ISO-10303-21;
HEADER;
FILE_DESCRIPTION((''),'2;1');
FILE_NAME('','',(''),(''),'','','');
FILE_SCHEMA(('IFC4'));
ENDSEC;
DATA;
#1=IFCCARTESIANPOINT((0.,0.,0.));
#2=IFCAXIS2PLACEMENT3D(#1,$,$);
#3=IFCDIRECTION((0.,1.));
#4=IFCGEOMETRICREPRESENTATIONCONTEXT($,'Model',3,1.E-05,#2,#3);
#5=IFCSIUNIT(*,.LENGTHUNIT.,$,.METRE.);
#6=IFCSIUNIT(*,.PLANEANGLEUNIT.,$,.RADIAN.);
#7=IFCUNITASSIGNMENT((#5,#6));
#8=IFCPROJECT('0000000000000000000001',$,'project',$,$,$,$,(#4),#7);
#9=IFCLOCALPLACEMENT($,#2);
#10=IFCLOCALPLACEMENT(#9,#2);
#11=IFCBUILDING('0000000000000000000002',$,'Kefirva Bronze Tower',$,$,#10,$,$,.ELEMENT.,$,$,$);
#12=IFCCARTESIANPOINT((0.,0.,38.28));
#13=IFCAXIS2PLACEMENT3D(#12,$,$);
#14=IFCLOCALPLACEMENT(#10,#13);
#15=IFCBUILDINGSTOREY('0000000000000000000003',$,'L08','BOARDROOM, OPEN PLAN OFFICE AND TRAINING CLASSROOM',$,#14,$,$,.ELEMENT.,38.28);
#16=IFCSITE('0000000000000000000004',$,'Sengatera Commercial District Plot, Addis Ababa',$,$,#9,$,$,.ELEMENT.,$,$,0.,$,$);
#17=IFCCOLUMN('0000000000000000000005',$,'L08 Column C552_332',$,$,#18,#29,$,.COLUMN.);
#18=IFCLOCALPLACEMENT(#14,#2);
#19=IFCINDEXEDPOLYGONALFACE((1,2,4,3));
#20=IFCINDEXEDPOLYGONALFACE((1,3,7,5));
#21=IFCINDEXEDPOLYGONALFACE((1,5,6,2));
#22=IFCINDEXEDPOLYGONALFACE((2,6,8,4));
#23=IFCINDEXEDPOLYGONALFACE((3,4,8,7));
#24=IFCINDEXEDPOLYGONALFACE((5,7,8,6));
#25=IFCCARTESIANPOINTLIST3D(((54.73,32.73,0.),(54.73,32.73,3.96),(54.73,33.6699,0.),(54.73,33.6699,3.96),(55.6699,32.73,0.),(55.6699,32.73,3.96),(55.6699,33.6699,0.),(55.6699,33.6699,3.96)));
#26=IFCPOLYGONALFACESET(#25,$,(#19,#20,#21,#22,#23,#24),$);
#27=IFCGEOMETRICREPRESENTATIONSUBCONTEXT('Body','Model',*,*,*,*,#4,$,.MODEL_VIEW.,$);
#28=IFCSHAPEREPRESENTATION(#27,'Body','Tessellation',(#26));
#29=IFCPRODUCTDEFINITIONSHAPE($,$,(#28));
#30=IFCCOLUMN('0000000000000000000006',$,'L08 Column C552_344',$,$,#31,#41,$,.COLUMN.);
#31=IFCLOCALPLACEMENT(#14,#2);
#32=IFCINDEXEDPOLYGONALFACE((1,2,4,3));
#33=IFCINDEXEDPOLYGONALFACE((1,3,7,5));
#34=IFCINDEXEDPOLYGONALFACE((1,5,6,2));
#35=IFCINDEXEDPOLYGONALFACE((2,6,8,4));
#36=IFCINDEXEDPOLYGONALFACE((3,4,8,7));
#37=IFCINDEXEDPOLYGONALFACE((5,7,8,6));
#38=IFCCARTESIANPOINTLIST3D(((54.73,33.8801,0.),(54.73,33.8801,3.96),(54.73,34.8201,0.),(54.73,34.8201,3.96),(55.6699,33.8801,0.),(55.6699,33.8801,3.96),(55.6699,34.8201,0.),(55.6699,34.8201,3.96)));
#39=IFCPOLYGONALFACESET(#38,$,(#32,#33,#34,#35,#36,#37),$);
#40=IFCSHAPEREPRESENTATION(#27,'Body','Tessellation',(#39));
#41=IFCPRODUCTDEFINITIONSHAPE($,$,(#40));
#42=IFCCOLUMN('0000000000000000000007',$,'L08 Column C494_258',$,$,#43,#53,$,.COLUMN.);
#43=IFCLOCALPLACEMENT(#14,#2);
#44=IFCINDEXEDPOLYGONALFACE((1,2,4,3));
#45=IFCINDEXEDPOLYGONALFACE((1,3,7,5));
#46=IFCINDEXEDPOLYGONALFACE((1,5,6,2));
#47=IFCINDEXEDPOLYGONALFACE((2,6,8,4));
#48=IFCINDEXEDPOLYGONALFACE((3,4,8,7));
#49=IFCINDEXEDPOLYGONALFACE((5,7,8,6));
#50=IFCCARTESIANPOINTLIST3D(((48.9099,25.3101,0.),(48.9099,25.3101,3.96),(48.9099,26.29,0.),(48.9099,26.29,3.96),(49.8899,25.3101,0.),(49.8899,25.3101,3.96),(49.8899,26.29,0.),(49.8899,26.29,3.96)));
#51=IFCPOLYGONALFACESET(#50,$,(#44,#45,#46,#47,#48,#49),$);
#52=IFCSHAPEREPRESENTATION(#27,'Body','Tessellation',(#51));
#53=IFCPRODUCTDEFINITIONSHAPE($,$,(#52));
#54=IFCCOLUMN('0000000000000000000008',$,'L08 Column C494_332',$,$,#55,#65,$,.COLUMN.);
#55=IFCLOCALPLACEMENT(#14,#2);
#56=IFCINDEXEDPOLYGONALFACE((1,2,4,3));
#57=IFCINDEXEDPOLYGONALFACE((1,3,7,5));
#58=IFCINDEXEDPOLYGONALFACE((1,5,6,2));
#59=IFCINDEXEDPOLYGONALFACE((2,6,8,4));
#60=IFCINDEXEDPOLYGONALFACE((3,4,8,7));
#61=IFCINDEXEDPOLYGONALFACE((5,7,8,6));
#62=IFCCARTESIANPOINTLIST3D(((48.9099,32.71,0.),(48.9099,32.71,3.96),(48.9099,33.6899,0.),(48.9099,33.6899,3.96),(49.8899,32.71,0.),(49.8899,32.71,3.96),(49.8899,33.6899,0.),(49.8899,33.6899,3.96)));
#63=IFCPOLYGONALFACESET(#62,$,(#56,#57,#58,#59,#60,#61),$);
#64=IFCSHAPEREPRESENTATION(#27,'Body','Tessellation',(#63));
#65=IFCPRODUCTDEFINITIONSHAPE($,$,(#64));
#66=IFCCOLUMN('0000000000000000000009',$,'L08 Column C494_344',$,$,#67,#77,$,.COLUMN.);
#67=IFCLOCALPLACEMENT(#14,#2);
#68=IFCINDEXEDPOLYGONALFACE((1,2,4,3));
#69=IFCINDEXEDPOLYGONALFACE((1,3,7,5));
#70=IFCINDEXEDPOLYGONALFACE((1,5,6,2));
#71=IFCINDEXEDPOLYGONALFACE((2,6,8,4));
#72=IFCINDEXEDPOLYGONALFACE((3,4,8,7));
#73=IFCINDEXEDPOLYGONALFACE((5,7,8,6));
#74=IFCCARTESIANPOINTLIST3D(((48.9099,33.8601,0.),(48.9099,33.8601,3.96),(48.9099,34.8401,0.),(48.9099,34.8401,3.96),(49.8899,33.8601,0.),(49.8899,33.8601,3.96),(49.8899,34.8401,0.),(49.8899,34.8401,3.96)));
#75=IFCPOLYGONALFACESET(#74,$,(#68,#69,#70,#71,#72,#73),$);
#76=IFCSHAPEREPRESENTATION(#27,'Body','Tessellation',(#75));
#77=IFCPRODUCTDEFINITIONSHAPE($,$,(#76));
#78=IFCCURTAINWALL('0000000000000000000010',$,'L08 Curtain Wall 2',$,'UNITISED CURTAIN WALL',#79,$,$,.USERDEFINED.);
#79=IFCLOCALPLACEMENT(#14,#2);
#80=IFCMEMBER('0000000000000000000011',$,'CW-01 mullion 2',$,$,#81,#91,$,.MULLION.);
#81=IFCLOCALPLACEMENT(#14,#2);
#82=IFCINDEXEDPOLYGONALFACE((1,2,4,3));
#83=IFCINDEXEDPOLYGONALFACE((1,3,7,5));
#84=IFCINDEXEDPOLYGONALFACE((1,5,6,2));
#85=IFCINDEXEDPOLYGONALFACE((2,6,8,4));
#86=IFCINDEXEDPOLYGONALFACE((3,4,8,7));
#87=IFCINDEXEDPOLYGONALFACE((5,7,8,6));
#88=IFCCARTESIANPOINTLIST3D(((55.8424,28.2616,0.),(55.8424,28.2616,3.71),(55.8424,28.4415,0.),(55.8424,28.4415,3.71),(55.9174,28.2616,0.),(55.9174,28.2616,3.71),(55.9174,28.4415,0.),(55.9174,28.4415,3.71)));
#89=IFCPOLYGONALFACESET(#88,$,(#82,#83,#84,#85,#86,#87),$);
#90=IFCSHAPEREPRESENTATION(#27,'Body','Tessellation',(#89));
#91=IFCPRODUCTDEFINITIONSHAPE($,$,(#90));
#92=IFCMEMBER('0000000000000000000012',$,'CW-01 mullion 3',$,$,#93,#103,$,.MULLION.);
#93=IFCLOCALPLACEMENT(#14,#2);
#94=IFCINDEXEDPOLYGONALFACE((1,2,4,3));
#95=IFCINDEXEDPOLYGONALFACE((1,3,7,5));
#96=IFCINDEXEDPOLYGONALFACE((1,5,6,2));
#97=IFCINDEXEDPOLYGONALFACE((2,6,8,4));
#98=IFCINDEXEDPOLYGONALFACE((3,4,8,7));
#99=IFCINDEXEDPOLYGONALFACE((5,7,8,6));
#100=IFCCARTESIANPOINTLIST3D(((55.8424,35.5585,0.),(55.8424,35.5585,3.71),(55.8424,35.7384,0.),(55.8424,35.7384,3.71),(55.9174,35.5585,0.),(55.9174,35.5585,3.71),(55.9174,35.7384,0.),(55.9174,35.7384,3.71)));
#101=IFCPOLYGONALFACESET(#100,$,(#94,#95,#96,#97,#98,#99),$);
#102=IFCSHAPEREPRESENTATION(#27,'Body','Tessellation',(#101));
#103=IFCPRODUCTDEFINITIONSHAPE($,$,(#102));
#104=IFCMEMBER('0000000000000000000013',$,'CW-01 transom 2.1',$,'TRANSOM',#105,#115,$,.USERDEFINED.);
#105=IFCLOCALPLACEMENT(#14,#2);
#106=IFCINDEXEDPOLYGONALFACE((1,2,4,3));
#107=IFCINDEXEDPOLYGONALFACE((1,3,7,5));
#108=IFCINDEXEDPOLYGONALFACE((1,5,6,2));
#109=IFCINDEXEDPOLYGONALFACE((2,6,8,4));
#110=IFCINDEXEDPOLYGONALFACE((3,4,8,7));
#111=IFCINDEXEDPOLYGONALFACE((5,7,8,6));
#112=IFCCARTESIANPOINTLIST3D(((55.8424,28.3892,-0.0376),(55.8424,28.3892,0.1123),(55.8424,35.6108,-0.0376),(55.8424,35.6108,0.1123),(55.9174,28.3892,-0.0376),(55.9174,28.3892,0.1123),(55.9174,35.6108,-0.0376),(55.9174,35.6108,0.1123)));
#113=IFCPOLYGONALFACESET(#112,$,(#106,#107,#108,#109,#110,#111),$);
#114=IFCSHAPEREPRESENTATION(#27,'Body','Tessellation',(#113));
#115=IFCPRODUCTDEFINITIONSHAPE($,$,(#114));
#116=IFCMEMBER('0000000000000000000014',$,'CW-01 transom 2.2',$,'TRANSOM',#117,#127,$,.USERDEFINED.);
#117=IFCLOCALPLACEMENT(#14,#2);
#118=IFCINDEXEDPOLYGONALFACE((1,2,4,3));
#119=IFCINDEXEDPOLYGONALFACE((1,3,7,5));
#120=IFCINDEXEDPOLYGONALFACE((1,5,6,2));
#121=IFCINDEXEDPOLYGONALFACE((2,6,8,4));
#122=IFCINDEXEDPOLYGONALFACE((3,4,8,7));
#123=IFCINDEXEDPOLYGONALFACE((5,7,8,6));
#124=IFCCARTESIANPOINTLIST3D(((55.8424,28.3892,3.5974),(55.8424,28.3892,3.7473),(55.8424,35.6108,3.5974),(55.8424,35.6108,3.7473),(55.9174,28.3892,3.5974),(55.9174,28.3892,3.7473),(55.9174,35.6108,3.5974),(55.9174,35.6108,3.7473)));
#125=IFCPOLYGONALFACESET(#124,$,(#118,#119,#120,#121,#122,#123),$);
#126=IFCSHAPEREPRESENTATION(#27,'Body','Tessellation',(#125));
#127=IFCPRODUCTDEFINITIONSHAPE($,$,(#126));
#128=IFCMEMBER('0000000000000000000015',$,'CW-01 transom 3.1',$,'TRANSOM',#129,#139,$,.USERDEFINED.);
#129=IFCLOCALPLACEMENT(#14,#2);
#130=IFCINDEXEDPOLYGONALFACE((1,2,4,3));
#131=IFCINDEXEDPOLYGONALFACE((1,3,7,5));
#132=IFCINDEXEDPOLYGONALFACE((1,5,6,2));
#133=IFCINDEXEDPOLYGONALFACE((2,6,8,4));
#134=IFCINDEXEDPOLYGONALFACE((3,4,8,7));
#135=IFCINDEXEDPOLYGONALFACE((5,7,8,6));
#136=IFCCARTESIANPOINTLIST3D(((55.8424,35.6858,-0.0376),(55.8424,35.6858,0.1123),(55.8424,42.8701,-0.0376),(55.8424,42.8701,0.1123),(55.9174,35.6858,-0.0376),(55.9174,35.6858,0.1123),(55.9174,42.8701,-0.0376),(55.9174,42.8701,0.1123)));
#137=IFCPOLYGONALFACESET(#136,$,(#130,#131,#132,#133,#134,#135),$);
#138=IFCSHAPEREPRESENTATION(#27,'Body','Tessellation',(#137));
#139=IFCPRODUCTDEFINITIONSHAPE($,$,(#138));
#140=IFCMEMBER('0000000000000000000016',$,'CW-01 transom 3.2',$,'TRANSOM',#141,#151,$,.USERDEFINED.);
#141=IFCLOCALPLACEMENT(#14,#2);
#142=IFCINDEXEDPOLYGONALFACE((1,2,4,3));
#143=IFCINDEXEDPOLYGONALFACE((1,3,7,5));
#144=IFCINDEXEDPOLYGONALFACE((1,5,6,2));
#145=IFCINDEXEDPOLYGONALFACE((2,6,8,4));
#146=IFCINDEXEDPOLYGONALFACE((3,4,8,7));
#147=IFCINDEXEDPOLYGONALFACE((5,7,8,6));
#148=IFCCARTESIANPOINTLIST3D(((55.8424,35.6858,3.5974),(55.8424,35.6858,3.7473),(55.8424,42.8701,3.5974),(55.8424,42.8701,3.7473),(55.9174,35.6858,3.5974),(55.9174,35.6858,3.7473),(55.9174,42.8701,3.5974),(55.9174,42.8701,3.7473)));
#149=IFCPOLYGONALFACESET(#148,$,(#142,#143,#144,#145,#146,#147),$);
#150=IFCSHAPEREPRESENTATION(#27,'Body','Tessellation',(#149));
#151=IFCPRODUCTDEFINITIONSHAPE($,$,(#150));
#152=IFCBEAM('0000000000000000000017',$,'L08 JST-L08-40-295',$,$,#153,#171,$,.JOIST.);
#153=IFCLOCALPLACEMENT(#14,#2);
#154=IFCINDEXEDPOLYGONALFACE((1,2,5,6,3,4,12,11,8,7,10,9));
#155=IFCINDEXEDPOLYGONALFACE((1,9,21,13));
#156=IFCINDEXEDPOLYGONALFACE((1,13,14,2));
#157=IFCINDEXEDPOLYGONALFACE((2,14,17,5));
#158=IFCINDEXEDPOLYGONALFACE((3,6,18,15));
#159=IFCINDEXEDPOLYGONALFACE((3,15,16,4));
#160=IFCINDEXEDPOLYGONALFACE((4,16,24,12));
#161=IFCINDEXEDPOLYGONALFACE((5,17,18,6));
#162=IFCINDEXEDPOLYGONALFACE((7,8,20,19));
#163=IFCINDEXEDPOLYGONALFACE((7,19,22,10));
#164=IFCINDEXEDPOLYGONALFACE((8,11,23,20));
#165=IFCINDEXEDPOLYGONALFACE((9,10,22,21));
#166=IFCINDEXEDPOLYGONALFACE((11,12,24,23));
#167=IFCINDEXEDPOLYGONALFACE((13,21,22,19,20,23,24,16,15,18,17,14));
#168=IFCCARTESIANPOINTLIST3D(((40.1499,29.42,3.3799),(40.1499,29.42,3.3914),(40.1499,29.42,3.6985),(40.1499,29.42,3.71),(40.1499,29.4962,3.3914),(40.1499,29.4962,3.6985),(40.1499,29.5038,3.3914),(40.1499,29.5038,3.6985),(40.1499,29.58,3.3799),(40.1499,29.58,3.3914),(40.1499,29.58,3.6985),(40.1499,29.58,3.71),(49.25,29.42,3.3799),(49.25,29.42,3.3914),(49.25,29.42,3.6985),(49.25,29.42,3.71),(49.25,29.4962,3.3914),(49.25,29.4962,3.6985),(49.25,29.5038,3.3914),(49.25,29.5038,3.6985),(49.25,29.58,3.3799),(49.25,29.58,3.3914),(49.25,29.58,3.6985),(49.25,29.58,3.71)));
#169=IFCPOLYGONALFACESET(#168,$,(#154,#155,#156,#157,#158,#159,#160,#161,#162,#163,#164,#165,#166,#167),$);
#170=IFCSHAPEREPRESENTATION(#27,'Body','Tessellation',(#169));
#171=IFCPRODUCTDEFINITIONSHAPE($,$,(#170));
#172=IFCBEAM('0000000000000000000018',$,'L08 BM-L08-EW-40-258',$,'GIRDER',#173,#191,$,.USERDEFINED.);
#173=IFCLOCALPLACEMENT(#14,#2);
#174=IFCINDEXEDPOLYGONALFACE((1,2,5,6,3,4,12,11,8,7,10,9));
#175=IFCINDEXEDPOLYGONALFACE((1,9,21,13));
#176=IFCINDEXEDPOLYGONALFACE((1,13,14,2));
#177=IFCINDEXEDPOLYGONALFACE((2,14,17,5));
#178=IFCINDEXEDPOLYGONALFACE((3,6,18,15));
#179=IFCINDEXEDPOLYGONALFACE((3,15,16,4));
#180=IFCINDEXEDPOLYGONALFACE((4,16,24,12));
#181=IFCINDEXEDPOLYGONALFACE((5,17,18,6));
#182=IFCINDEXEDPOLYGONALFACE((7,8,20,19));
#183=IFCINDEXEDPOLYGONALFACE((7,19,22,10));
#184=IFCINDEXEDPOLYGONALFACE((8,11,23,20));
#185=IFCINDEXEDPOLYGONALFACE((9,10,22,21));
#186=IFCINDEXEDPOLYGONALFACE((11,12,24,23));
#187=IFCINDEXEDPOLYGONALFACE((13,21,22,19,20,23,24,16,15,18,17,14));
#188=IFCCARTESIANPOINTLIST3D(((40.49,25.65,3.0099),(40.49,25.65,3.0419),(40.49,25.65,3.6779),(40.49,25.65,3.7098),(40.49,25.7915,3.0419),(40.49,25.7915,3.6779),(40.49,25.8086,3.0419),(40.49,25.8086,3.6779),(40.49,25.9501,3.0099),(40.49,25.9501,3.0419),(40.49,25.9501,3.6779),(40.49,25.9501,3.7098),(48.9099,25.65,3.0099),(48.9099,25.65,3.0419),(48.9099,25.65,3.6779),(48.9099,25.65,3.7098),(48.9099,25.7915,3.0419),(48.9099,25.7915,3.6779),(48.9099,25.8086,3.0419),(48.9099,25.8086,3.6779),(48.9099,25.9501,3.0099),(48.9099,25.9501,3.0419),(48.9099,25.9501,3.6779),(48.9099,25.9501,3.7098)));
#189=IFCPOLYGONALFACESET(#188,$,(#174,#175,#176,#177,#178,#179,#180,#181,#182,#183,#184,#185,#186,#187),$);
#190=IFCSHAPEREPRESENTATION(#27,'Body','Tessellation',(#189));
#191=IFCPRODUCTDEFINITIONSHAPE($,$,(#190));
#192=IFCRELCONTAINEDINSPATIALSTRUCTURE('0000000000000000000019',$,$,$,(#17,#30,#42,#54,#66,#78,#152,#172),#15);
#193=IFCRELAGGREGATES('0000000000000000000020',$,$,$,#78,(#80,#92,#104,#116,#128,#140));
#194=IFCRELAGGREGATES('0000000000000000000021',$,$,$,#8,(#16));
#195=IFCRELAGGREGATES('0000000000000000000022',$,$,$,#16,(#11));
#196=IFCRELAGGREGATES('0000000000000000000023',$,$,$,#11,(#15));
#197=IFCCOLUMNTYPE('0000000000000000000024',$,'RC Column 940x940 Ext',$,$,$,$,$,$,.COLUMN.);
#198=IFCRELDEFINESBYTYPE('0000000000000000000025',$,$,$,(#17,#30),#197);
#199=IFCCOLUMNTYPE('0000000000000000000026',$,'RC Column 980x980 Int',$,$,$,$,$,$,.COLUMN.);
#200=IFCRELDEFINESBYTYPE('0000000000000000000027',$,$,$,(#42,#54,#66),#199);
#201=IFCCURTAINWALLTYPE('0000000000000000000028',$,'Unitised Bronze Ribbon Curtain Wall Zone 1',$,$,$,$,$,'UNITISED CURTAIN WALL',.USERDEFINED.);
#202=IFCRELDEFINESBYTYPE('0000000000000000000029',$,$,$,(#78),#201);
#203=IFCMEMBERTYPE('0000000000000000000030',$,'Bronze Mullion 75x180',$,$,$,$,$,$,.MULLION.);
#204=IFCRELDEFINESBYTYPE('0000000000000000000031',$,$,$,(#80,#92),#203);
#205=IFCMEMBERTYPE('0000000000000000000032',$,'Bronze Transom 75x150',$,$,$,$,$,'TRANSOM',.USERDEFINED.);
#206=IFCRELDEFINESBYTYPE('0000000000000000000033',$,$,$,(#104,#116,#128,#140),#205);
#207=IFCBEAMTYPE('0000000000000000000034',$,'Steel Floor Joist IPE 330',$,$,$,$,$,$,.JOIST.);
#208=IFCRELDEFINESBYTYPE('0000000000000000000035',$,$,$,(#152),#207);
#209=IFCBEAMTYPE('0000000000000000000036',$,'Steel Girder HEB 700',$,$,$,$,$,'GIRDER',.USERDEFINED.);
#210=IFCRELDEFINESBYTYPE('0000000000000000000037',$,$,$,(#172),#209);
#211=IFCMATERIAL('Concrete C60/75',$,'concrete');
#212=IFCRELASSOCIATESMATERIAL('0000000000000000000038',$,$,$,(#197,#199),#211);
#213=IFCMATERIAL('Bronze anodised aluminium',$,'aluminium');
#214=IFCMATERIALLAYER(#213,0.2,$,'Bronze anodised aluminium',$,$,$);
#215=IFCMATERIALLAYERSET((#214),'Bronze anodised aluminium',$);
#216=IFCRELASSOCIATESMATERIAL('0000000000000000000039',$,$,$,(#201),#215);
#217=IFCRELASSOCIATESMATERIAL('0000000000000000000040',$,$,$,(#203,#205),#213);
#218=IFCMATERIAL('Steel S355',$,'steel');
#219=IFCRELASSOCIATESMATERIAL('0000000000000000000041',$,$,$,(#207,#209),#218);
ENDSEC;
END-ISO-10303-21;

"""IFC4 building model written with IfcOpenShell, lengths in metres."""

from ifc_helpers import new_model, si_unit, direction, frame, origin, origin_2d, place, context, subcontext, project, spatial, rectangle, i_section, extrude, material, layer, layer_set, material_profile, profile_set, type_object, element, aggregate, save


model = new_model("IFC4")

# Units and contexts
model_context = context("Model", 3, precision=1e-05, world=origin(), true_north=direction((0.0, 1.0)))
body_context = subcontext(model_context, "Body", "Model", "MODEL_VIEW")
ifc_project = project(units=[si_unit("LENGTHUNIT", "METRE"), si_unit("PLANEANGLEUNIT", "RADIAN")], contexts=[model_context])

# Site, building, storey
site_placement = place(None, origin())
site = spatial("IfcSite", under=ifc_project, at=site_placement, Name="Sengatera Commercial District Plot, Addis Ababa", CompositionType="ELEMENT", RefElevation=0.0)
building_placement = place(site_placement, origin())
building = spatial("IfcBuilding", under=site, at=building_placement, Name="Kefirva Bronze Tower", CompositionType="ELEMENT")
storey_placement = place(building_placement, frame((0.0, 0.0, 38.28)))
storey = spatial("IfcBuildingStorey", under=building, at=storey_placement, Name="L08", Description="BOARDROOM, OPEN PLAN OFFICE AND TRAINING CLASSROOM", CompositionType="ELEMENT", Elevation=38.28)

# Columns
ifc_material_1 = material(Name="Concrete C60/75", Category="concrete")
ifc_material_profile_1 = material_profile(ifc_material_1, rectangle(XDim=0.9399, YDim=0.9399, at=origin_2d()), Name="RC 940x940")
ifc_profile_set_1 = profile_set([ifc_material_profile_1], Name="Concrete C60/75")
column_type_1 = type_object("IfcColumnType", Name="RC Column 940x940 Ext", PredefinedType="COLUMN", material=ifc_profile_set_1)
for number, where, z_axis, x_axis, name in (
    (1, (55.2, 33.2, 0.0), (0.0, 0.0, 1.0), (1.0, 0.0, 0.0), "L08 Column C552_332"),
    (2, (55.2, 34.3501, 0.0), (0.0, 0.0, 1.0), (1.0, 0.0, 0.0), "L08 Column C552_344"),
):
    element("IfcColumn", number, at=place(storey_placement, frame(where, z_axis=z_axis, x_axis=x_axis)), inside=storey, type_object=column_type_1, Name=name, PredefinedType="COLUMN", context=body_context, shape_type="SweptSolid", body=[
        extrude(rectangle(XDim=0.9399, YDim=0.9399, at=origin_2d()), origin(), (0.0, 0.0, 1.0), 3.96),
    ])
ifc_material_profile_2 = material_profile(ifc_material_1, rectangle(XDim=0.98, YDim=0.98, at=origin_2d()), Name="RC 980x980")
ifc_profile_set_2 = profile_set([ifc_material_profile_2], Name="Concrete C60/75")
column_type_2 = type_object("IfcColumnType", Name="RC Column 980x980 Int", PredefinedType="COLUMN", material=ifc_profile_set_2)
for number, where, z_axis, x_axis, name in (
    (3, (49.3999, 25.8, 0.0), (0.0, 0.0, 1.0), (1.0, 0.0, 0.0), "L08 Column C494_258"),
    (4, (49.3999, 33.2, 0.0), (0.0, 0.0, 1.0), (1.0, 0.0, 0.0), "L08 Column C494_332"),
    (5, (49.3999, 34.3501, 0.0), (0.0, 0.0, 1.0), (1.0, 0.0, 0.0), "L08 Column C494_344"),
):
    element("IfcColumn", number, at=place(storey_placement, frame(where, z_axis=z_axis, x_axis=x_axis)), inside=storey, type_object=column_type_2, Name=name, PredefinedType="COLUMN", context=body_context, shape_type="SweptSolid", body=[
        extrude(rectangle(XDim=0.98, YDim=0.98, at=origin_2d()), origin(), (0.0, 0.0, 1.0), 3.96),
    ])

# Curtain wall, members
ifc_material_2 = material(Name="Bronze anodised aluminium", Category="aluminium")
ifc_layer_1 = layer(ifc_material_2, 0.2, Name="Bronze anodised aluminium")
ifc_layer_set_1 = layer_set([ifc_layer_1], Name="Bronze anodised aluminium")
curtain_wall_type = type_object("IfcCurtainWallType", Name="Unitised Bronze Ribbon Curtain Wall Zone 1", ElementType="UNITISED CURTAIN WALL", PredefinedType="USERDEFINED", material=ifc_layer_set_1)
curtain_wall_placement = place(storey_placement, origin())
curtain_wall = element("IfcCurtainWall", 6, at=curtain_wall_placement, inside=storey, type_object=curtain_wall_type, Name="L08 Curtain Wall 2", ObjectType="UNITISED CURTAIN WALL", PredefinedType="USERDEFINED")
ifc_material_profile_3 = material_profile(ifc_material_2, rectangle(XDim=0.075, YDim=0.1799, at=origin_2d()), Name="ALU 75x180")
ifc_profile_set_3 = profile_set([ifc_material_profile_3], Name="Bronze anodised aluminium")
member_type_1 = type_object("IfcMemberType", Name="Bronze Mullion 75x180", PredefinedType="MULLION", material=ifc_profile_set_3)
member_1_placement = place(storey_placement, frame((55.8799, 28.3516, 0.0), z_axis=(0.0, 0.0, 1.0), x_axis=(-1.0, 0.0, 0.0)))
member_1 = element("IfcMember", 7, at=member_1_placement, type_object=member_type_1, Name="CW-01 mullion 2", PredefinedType="MULLION", context=body_context, shape_type="SweptSolid", body=[
    extrude(rectangle(XDim=0.075, YDim=0.1799, at=origin_2d()), origin(), (0.0, 0.0, 1.0), 3.71),
])
member_2_placement = place(storey_placement, frame((55.8799, 35.6484, 0.0), z_axis=(0.0, 0.0, 1.0), x_axis=(-1.0, 0.0, 0.0)))
member_2 = element("IfcMember", 8, at=member_2_placement, type_object=member_type_1, Name="CW-01 mullion 3", PredefinedType="MULLION", context=body_context, shape_type="SweptSolid", body=[
    extrude(rectangle(XDim=0.075, YDim=0.1799, at=origin_2d()), origin(), (0.0, 0.0, 1.0), 3.71),
])
ifc_material_profile_4 = material_profile(ifc_material_2, rectangle(XDim=0.075, YDim=0.1499, at=origin_2d()), Name="ALU 75x150")
ifc_profile_set_4 = profile_set([ifc_material_profile_4], Name="Bronze anodised aluminium")
member_type_2 = type_object("IfcMemberType", Name="Bronze Transom 75x150", ElementType="TRANSOM", PredefinedType="USERDEFINED", material=ifc_profile_set_4)
member_3_placement = place(storey_placement, frame((55.8799, 28.3892, 0.0374), z_axis=(0.0, 1.0, 0.0), x_axis=(-1.0, 0.0, 0.0)))
member_3 = element("IfcMember", 9, at=member_3_placement, type_object=member_type_2, Name="CW-01 transom 2.1", ObjectType="TRANSOM", PredefinedType="USERDEFINED", context=body_context, shape_type="SweptSolid", body=[
    extrude(rectangle(XDim=0.075, YDim=0.1499, at=origin_2d()), origin(), (0.0, 0.0, 1.0), 7.2217),
])
member_4_placement = place(storey_placement, frame((55.8799, 28.3892, 3.6724), z_axis=(0.0, 1.0, 0.0), x_axis=(-1.0, 0.0, 0.0)))
member_4 = element("IfcMember", 10, at=member_4_placement, type_object=member_type_2, Name="CW-01 transom 2.2", ObjectType="TRANSOM", PredefinedType="USERDEFINED", context=body_context, shape_type="SweptSolid", body=[
    extrude(rectangle(XDim=0.075, YDim=0.1499, at=origin_2d()), origin(), (0.0, 0.0, 1.0), 7.2217),
])
member_5_placement = place(storey_placement, frame((55.8799, 35.6858, 0.0374), z_axis=(0.0, 1.0, 0.0), x_axis=(-1.0, 0.0, 0.0)))
member_5 = element("IfcMember", 11, at=member_5_placement, type_object=member_type_2, Name="CW-01 transom 3.1", ObjectType="TRANSOM", PredefinedType="USERDEFINED", context=body_context, shape_type="SweptSolid", body=[
    extrude(rectangle(XDim=0.075, YDim=0.1499, at=origin_2d()), origin(), (0.0, 0.0, 1.0), 7.1843),
])
member_6_placement = place(storey_placement, frame((55.8799, 35.6858, 3.6724), z_axis=(0.0, 1.0, 0.0), x_axis=(-1.0, 0.0, 0.0)))
member_6 = element("IfcMember", 12, at=member_6_placement, type_object=member_type_2, Name="CW-01 transom 3.2", ObjectType="TRANSOM", PredefinedType="USERDEFINED", context=body_context, shape_type="SweptSolid", body=[
    extrude(rectangle(XDim=0.075, YDim=0.1499, at=origin_2d()), origin(), (0.0, 0.0, 1.0), 7.1843),
])

# Beams
ifc_material_3 = material(Name="Steel S355", Category="steel")
ifc_material_profile_5 = material_profile(ifc_material_3, i_section(OverallWidth=0.1599, OverallDepth=0.3301, WebThickness=0.0076, FlangeThickness=0.0115, at=origin_2d()), Name="IPE 330")
ifc_profile_set_5 = profile_set([ifc_material_profile_5], Name="Steel S355")
beam_type_1 = type_object("IfcBeamType", Name="Steel Floor Joist IPE 330", PredefinedType="JOIST", material=ifc_profile_set_5)
beam_1_placement = place(storey_placement, frame((40.1499, 29.5, 3.5449), z_axis=(1.0, 0.0, 0.0), x_axis=(0.0, 1.0, 0.0)))
element("IfcBeam", 13, at=beam_1_placement, inside=storey, type_object=beam_type_1, Name="L08 JST-L08-40-295", PredefinedType="JOIST", context=body_context, shape_type="SweptSolid", body=[
    extrude(i_section(OverallWidth=0.1599, OverallDepth=0.3301, WebThickness=0.0076, FlangeThickness=0.0115, at=origin_2d()), origin(), (0.0, 0.0, 1.0), 9.1001),
])
ifc_material_profile_6 = material_profile(ifc_material_3, i_section(OverallWidth=0.3, OverallDepth=0.7, WebThickness=0.0171, FlangeThickness=0.032, at=origin_2d()), Name="HEB 700")
ifc_profile_set_6 = profile_set([ifc_material_profile_6], Name="Steel S355")
beam_type_2 = type_object("IfcBeamType", Name="Steel Girder HEB 700", ElementType="GIRDER", PredefinedType="USERDEFINED", material=ifc_profile_set_6)
for number, where, z_axis, x_axis, name in (
    (14, (40.49, 25.8, 3.3599), (1.0, 0.0, 0.0), (0.0, 1.0, 0.0), "L08 BM-L08-EW-40-258"),
):
    element("IfcBeam", number, at=place(storey_placement, frame(where, z_axis=z_axis, x_axis=x_axis)), inside=storey, type_object=beam_type_2, Name=name, ObjectType="GIRDER", PredefinedType="USERDEFINED", context=body_context, shape_type="SweptSolid", body=[
        extrude(i_section(OverallWidth=0.3, OverallDepth=0.7, WebThickness=0.0171, FlangeThickness=0.032, at=origin_2d()), origin(), (0.0, 0.0, 1.0), 8.4199),
    ])

aggregate(curtain_wall, [member_1, member_2, member_3, member_4, member_5, member_6])

save(model, "model.ifc")
